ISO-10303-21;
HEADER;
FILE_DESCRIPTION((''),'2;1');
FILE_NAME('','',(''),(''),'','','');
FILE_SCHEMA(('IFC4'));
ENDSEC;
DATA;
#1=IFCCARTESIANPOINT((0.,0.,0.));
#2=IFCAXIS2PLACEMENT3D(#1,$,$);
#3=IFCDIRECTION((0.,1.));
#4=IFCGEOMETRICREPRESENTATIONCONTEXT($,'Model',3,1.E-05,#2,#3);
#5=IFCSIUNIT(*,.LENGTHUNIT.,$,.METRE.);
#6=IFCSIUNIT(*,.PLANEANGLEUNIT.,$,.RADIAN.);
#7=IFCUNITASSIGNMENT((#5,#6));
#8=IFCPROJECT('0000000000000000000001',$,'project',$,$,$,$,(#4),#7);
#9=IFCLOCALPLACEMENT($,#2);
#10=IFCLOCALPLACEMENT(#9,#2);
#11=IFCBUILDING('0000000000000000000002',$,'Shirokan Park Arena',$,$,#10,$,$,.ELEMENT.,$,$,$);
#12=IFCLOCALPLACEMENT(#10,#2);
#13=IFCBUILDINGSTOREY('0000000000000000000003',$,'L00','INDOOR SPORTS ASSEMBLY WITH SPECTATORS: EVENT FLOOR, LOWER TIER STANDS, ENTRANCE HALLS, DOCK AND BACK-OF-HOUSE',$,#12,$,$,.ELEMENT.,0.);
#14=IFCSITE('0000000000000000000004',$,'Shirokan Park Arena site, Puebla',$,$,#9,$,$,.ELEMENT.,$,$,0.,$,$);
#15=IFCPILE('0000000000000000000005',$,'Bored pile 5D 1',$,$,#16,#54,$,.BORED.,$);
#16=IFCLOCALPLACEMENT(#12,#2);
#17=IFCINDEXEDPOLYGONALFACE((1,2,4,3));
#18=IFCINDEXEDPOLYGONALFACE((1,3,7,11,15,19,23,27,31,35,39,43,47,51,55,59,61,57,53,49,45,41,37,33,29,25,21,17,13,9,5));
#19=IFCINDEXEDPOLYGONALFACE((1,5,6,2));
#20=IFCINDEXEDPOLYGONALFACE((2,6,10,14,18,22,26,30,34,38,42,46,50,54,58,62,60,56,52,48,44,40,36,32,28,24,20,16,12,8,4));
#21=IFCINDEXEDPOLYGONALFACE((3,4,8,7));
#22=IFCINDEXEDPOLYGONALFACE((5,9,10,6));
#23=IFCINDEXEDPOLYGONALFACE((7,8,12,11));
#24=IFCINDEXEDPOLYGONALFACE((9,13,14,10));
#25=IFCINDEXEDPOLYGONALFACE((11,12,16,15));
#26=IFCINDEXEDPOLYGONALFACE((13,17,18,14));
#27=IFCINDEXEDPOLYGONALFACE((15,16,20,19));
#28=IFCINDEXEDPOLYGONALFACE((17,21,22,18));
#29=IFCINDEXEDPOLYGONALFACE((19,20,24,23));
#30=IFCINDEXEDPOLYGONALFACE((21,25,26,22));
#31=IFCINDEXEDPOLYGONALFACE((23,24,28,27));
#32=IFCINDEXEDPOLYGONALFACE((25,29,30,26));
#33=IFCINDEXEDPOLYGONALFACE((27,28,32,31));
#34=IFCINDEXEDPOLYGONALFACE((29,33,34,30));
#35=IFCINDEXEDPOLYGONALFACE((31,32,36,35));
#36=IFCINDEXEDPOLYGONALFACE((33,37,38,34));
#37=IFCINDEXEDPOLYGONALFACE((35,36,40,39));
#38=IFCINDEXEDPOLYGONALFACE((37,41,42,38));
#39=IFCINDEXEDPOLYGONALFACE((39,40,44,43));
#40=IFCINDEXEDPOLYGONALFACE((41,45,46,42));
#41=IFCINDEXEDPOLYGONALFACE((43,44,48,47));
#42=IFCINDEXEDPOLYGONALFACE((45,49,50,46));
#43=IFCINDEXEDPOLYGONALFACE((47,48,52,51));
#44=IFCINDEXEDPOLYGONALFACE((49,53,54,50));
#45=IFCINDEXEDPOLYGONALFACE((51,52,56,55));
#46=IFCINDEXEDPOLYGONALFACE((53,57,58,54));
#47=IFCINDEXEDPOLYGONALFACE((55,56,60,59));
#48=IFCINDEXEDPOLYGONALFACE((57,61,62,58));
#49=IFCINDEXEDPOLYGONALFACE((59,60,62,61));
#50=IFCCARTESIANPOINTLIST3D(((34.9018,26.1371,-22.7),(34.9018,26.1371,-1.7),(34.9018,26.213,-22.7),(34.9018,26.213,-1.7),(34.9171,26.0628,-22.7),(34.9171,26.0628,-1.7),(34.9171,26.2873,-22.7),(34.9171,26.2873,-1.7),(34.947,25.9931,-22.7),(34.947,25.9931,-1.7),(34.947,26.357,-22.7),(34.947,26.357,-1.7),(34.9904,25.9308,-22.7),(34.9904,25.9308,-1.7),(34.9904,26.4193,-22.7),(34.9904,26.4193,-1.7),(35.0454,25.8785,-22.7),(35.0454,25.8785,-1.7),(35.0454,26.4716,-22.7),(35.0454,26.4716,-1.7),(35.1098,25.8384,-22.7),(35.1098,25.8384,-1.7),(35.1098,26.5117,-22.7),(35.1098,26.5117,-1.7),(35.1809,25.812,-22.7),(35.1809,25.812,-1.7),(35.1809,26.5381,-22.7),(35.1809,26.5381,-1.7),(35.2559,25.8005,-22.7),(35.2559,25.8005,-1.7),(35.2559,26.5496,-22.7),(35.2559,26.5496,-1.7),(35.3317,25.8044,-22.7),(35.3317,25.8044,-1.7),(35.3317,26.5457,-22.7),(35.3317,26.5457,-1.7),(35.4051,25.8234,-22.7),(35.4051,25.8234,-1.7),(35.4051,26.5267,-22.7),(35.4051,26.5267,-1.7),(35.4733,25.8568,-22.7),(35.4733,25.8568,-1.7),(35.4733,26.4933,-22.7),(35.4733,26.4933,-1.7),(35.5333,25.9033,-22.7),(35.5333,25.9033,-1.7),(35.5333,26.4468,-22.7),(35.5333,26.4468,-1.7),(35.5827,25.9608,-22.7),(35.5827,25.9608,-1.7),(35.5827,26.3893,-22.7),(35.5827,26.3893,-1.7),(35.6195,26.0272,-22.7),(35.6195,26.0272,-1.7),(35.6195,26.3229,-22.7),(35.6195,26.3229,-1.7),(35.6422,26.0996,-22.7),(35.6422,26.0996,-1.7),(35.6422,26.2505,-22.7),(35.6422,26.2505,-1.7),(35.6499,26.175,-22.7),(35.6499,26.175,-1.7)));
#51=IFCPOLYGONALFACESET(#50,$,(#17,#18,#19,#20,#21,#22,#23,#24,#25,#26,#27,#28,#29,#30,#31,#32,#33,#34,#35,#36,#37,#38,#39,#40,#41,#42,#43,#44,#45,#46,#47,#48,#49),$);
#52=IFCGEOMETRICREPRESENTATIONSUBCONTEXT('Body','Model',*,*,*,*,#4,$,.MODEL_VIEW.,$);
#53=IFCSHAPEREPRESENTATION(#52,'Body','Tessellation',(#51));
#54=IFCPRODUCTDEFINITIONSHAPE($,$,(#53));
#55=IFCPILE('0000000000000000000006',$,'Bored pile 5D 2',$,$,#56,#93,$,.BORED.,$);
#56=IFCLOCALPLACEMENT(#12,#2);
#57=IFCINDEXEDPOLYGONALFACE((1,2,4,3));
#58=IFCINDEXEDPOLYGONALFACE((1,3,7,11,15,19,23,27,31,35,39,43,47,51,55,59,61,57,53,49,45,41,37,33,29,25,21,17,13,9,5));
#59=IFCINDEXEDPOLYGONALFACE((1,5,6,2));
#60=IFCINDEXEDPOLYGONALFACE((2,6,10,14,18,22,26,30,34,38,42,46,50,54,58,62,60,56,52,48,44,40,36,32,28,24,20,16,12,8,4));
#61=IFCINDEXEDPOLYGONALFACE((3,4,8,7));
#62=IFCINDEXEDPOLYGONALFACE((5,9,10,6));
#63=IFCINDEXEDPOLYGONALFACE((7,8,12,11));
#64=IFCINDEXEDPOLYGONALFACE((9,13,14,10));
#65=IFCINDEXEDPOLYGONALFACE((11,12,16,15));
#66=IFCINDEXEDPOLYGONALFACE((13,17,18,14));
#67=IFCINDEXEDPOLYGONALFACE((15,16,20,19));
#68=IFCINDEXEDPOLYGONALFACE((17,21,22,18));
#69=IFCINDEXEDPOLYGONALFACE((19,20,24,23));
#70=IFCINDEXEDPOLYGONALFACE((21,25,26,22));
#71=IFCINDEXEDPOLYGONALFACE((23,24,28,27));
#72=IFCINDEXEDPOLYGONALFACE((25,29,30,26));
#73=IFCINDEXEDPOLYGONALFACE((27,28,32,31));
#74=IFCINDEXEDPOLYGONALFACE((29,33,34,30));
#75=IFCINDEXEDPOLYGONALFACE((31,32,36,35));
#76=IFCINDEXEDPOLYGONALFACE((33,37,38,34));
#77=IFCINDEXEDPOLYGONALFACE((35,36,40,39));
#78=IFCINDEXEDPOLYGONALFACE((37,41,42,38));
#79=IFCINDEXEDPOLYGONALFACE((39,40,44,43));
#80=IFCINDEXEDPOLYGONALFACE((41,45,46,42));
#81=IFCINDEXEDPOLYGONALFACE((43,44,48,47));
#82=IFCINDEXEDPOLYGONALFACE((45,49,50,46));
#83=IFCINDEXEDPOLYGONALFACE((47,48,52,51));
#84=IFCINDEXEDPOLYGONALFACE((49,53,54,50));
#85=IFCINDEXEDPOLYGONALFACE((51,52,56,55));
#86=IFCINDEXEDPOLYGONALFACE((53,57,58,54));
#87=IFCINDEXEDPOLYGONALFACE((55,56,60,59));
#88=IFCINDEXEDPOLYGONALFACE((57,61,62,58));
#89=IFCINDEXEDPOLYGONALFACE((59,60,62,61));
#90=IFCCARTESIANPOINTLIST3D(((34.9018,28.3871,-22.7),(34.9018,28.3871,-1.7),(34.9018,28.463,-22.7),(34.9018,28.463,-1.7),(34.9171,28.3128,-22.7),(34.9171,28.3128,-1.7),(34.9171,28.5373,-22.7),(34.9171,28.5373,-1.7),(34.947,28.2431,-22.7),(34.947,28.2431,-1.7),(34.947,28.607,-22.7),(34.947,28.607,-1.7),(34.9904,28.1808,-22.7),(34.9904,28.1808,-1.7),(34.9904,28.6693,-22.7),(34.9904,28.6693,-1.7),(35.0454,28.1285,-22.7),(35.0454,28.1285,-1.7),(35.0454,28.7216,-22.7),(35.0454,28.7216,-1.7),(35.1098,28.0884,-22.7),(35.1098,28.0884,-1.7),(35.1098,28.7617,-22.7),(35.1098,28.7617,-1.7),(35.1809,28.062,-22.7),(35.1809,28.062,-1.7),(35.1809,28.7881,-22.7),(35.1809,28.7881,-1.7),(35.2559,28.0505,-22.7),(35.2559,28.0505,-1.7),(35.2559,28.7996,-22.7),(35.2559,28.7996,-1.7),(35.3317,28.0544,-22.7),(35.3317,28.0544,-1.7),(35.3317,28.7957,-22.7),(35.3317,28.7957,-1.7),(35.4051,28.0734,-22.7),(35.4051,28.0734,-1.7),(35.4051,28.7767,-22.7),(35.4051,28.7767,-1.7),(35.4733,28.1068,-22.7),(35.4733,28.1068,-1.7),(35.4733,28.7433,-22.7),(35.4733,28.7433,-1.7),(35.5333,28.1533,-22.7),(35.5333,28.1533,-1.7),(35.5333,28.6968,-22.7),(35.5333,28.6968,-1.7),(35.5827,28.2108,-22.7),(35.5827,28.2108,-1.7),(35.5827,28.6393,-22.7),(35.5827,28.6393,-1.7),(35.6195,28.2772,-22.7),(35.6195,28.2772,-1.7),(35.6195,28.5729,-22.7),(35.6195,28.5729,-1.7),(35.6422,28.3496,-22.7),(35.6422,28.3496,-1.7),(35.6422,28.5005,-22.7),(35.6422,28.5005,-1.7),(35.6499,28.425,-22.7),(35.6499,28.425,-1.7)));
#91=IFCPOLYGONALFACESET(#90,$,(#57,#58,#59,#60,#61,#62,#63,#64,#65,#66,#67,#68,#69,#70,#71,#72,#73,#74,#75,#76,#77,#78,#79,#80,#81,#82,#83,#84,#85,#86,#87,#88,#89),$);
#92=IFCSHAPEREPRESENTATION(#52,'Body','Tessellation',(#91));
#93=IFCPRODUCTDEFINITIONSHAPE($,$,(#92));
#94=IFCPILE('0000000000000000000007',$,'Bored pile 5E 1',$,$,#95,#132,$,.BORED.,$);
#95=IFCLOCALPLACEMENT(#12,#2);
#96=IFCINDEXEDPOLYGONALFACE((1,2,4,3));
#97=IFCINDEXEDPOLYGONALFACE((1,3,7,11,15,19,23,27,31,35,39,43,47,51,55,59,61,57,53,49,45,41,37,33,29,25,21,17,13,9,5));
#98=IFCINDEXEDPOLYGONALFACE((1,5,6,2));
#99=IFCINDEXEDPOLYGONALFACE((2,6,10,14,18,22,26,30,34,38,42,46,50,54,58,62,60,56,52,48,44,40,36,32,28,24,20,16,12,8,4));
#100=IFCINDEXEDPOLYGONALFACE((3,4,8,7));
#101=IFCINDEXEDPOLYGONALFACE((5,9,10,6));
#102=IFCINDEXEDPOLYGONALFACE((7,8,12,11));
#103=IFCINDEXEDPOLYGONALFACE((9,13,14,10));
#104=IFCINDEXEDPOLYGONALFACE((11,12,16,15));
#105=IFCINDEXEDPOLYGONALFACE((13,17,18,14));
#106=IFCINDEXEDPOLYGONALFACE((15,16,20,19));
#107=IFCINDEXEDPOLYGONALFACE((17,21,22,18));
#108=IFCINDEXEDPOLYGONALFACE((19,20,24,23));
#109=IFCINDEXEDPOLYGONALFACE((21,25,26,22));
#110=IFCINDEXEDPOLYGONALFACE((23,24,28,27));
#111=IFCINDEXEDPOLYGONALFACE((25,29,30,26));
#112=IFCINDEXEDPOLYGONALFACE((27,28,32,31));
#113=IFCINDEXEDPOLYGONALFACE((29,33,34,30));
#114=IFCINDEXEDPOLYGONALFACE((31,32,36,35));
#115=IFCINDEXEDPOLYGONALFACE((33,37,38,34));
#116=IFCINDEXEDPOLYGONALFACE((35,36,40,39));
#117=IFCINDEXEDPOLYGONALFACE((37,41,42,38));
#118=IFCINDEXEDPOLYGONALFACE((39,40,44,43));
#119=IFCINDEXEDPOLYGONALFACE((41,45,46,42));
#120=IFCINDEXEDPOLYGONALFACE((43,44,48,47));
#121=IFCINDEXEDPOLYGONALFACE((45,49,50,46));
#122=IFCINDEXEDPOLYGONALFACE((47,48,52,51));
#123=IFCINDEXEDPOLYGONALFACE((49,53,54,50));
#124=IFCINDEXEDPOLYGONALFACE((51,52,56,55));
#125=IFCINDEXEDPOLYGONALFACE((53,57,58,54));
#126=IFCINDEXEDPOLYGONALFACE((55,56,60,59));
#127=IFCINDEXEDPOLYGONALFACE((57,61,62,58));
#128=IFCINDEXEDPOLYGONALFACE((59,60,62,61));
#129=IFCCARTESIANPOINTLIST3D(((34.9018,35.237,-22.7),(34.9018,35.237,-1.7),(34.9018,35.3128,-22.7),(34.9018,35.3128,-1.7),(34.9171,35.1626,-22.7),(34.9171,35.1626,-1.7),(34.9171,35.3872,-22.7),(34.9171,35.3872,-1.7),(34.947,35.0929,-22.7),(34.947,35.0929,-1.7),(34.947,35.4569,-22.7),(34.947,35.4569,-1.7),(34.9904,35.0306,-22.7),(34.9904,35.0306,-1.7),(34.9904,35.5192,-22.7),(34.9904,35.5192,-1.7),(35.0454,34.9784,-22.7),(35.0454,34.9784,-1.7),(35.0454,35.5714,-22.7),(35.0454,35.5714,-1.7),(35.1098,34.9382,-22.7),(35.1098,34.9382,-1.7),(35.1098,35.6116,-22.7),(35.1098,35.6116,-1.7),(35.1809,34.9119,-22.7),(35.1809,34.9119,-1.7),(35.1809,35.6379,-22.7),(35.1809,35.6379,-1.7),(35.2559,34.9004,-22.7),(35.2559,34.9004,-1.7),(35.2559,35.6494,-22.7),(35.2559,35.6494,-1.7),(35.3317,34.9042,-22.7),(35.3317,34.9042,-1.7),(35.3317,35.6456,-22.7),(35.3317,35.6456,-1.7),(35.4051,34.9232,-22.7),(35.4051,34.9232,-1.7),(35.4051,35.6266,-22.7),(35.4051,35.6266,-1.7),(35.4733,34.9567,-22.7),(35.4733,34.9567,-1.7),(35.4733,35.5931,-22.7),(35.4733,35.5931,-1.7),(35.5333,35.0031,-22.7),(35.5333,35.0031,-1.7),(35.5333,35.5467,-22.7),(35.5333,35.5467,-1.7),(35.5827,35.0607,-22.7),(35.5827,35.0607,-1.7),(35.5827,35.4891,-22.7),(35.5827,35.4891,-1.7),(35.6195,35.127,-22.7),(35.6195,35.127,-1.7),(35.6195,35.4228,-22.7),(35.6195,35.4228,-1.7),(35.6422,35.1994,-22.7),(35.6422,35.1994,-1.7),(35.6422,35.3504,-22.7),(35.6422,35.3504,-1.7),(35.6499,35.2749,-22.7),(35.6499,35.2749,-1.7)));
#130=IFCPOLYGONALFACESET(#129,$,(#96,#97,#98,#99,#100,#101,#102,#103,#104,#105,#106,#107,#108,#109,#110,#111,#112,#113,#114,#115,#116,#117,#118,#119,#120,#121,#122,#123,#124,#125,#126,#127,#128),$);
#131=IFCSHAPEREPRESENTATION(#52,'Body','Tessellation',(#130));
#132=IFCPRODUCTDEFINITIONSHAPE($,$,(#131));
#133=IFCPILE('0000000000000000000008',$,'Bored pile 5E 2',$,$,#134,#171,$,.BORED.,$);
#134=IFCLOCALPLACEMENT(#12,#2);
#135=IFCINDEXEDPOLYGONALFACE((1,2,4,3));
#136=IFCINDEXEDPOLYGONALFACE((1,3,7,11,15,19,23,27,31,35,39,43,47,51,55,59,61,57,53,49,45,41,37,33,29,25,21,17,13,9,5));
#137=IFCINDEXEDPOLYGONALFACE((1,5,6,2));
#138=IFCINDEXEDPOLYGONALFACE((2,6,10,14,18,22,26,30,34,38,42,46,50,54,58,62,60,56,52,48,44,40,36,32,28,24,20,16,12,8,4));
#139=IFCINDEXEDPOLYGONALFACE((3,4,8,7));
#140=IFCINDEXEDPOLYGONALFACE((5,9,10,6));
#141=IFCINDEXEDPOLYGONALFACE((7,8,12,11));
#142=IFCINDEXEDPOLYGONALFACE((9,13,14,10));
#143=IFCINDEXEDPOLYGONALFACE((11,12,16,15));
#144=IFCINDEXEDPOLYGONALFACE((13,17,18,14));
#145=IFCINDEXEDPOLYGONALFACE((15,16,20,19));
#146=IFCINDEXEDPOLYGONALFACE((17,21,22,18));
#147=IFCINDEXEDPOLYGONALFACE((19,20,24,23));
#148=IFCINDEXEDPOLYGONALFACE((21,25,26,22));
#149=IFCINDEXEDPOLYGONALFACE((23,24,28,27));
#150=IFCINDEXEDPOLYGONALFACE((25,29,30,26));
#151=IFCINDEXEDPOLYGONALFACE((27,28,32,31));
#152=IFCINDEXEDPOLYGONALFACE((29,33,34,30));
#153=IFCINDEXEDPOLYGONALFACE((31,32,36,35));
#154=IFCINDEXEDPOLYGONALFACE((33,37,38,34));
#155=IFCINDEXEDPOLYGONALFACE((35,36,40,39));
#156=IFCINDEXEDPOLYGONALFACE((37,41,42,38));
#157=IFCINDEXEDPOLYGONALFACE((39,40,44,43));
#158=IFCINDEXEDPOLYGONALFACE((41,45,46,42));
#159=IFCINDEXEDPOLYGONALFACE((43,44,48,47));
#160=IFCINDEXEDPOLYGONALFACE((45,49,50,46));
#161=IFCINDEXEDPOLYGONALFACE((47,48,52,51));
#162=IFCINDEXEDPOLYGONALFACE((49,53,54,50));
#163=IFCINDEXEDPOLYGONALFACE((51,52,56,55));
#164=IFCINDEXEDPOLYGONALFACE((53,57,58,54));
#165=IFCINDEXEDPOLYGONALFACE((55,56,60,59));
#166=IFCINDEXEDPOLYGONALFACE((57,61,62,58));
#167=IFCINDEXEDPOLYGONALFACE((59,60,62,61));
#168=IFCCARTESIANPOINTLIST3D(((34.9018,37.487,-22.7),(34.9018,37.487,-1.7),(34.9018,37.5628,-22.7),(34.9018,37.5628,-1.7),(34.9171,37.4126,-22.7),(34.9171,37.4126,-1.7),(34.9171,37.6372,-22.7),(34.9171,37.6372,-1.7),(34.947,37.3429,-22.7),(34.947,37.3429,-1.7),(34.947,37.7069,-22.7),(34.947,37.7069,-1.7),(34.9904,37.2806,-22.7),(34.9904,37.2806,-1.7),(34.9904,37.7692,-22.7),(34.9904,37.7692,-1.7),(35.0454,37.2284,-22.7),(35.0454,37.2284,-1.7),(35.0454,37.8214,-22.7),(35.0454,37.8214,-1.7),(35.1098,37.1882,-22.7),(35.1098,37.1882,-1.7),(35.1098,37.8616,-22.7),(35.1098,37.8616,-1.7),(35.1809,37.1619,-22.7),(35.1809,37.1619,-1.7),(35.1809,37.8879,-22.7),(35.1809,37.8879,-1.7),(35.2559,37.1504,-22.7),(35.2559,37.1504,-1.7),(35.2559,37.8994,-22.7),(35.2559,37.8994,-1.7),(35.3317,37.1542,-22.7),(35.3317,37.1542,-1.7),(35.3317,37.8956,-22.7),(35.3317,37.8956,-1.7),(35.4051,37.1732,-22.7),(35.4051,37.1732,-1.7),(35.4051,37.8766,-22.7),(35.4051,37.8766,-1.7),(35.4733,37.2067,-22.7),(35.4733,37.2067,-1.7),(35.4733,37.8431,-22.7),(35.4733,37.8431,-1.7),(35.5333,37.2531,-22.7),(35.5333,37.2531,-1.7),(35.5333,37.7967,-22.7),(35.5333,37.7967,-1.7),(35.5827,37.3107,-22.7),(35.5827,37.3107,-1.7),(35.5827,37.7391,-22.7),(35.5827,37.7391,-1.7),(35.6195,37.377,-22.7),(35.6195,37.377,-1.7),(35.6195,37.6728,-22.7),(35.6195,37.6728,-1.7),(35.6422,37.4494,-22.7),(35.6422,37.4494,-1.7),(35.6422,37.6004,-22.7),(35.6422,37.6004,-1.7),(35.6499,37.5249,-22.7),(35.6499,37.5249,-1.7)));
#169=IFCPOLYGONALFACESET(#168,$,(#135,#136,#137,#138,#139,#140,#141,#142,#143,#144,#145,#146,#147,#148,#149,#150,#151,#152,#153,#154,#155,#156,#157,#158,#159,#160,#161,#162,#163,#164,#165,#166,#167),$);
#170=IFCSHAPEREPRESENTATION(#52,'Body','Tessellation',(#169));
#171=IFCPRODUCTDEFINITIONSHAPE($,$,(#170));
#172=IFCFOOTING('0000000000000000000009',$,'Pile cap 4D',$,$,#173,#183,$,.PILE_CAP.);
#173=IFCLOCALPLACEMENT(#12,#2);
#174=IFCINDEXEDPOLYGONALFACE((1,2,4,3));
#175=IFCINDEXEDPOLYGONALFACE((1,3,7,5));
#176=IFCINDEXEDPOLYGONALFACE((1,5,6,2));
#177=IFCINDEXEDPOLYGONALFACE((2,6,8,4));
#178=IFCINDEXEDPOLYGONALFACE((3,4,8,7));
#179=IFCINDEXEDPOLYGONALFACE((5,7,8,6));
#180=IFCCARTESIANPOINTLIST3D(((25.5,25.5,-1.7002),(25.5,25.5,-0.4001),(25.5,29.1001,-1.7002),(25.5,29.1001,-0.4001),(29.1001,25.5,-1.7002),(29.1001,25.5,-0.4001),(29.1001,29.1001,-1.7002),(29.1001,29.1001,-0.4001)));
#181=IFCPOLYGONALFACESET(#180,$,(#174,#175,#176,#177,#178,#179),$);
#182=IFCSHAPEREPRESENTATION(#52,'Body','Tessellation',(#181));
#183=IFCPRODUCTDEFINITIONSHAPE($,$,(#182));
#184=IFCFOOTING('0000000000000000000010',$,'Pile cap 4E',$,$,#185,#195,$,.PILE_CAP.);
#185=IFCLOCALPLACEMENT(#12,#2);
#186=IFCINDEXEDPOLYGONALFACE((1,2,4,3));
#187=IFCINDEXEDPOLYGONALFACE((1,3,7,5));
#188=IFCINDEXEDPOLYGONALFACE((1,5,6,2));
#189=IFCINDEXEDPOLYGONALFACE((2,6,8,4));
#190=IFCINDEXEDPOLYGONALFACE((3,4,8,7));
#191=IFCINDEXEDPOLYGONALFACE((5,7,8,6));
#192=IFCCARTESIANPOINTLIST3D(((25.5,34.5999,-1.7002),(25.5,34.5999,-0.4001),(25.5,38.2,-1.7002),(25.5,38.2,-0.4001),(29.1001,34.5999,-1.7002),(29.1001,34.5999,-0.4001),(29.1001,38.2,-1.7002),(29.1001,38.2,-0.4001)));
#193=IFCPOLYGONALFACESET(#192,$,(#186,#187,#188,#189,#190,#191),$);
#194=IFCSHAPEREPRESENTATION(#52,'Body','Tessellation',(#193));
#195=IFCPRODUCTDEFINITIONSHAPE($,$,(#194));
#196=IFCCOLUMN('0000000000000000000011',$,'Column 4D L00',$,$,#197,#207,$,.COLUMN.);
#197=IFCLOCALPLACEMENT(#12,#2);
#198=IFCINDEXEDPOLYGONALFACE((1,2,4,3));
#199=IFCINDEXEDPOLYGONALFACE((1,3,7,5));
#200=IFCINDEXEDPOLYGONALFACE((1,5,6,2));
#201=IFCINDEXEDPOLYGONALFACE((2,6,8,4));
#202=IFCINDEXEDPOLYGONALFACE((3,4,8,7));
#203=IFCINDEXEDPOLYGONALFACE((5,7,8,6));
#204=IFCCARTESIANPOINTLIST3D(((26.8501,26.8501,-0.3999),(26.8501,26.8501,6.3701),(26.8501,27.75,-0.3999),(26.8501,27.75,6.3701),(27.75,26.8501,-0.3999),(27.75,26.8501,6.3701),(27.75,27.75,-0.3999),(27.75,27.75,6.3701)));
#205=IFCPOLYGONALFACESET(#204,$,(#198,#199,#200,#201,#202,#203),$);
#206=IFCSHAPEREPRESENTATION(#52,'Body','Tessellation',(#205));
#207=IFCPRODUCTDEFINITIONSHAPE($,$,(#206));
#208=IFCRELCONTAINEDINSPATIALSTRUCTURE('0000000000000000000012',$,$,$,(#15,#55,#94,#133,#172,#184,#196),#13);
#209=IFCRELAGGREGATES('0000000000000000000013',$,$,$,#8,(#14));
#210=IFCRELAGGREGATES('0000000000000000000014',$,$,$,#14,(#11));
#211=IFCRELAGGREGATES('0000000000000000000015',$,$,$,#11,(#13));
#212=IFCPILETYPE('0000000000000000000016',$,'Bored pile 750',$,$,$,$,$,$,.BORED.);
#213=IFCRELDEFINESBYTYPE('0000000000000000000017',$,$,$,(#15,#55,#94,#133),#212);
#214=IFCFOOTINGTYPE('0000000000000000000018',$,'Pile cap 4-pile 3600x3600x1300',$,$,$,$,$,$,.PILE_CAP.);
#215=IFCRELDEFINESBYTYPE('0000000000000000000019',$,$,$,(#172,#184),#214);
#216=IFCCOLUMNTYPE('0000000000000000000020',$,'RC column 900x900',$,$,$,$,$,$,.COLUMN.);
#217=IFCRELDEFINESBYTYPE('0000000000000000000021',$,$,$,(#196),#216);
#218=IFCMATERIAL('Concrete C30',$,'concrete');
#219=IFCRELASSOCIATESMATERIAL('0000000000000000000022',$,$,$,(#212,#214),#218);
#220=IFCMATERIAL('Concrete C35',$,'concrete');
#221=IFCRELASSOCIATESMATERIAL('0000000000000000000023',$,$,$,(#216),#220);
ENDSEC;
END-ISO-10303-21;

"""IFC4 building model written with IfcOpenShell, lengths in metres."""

from ifc_helpers import new_model, si_unit, direction, frame, origin, origin_2d, place, context, subcontext, project, spatial, rectangle, circle, extrude, material, material_profile, profile_set, type_object, element, save


model = new_model("IFC4")

# Units and contexts
model_context = context("Model", 3, precision=1e-05, world=origin(), true_north=direction((0.0, 1.0)))
body_context = subcontext(model_context, "Body", "Model", "MODEL_VIEW")
ifc_project = project(units=[si_unit("LENGTHUNIT", "METRE"), si_unit("PLANEANGLEUNIT", "RADIAN")], contexts=[model_context])

# Site, building, storey
site_placement = place(None, origin())
site = spatial("IfcSite", under=ifc_project, at=site_placement, Name="Shirokan Park Arena site, Puebla", CompositionType="ELEMENT", RefElevation=0.0)
building_placement = place(site_placement, origin())
building = spatial("IfcBuilding", under=site, at=building_placement, Name="Shirokan Park Arena", CompositionType="ELEMENT")
storey_placement = place(building_placement, origin())
storey = spatial("IfcBuildingStorey", under=building, at=storey_placement, Name="L00", Description="INDOOR SPORTS ASSEMBLY WITH SPECTATORS: EVENT FLOOR, LOWER TIER STANDS, ENTRANCE HALLS, DOCK AND BACK-OF-HOUSE", CompositionType="ELEMENT", Elevation=0.0)

# Piles
ifc_material_1 = material(Name="Concrete C30", Category="concrete")
ifc_material_profile_1 = material_profile(ifc_material_1, circle(Radius=0.375, at=origin_2d()), Name="D750")
ifc_profile_set_1 = profile_set([ifc_material_profile_1], Name="Concrete C30")
pile_type_1 = type_object("IfcPileType", Name="Bored pile 750", PredefinedType="BORED", material=ifc_profile_set_1)
for number, where, z_axis, x_axis, name in (
    (1, (35.2749, 26.175, -1.7), (0.0, 0.0, -1.0), (1.0, 0.0, 0.0), "Bored pile 5D 1"),
    (2, (35.2749, 28.425, -1.7), (0.0, 0.0, -1.0), (1.0, 0.0, 0.0), "Bored pile 5D 2"),
    (3, (35.2749, 35.2749, -1.7), (0.0, 0.0, -1.0), (1.0, 0.0, 0.0), "Bored pile 5E 1"),
    (4, (35.2749, 37.5249, -1.7), (0.0, 0.0, -1.0), (1.0, 0.0, 0.0), "Bored pile 5E 2"),
):
    element("IfcPile", number, at=place(storey_placement, frame(where, z_axis=z_axis, x_axis=x_axis)), inside=storey, type_object=pile_type_1, Name=name, PredefinedType="BORED", context=body_context, shape_type="SweptSolid", body=[
        extrude(circle(Radius=0.375, at=origin_2d()), origin(), (0.0, 0.0, 1.0), 21.0),
    ])

# Footings
footing_type = type_object("IfcFootingType", Name="Pile cap 4-pile 3600x3600x1300", PredefinedType="PILE_CAP", material=ifc_material_1)
for number, where, z_axis, x_axis, name in (
    (5, (27.3, 27.3, -1.7002), (0.0, 0.0, 1.0), (1.0, 0.0, 0.0), "Pile cap 4D"),
    (6, (27.3, 36.3999, -1.7002), (0.0, 0.0, 1.0), (1.0, 0.0, 0.0), "Pile cap 4E"),
):
    element("IfcFooting", number, at=place(storey_placement, frame(where, z_axis=z_axis, x_axis=x_axis)), inside=storey, type_object=footing_type, Name=name, PredefinedType="PILE_CAP", context=body_context, shape_type="SweptSolid", body=[
        extrude(rectangle(XDim=3.6001, YDim=3.6001, at=origin_2d()), origin(), (0.0, 0.0, 1.0), 1.3),
    ])

# Column
ifc_material_2 = material(Name="Concrete C35", Category="concrete")
ifc_material_profile_2 = material_profile(ifc_material_2, rectangle(XDim=0.8999, YDim=0.8999, at=origin_2d()), Name="900x900")
ifc_profile_set_2 = profile_set([ifc_material_profile_2], Name="Concrete C35")
column_type_1 = type_object("IfcColumnType", Name="RC column 900x900", PredefinedType="COLUMN", material=ifc_profile_set_2)
column_1_placement = place(storey_placement, frame((27.3, 27.3, -0.3999), z_axis=(0.0, 0.0, 1.0), x_axis=(1.0, 0.0, 0.0)))
element("IfcColumn", 7, at=column_1_placement, inside=storey, type_object=column_type_1, Name="Column 4D L00", PredefinedType="COLUMN", context=body_context, shape_type="SweptSolid", body=[
    extrude(rectangle(XDim=0.8999, YDim=0.8999, at=origin_2d()), origin(), (0.0, 0.0, 1.0), 6.77),
])

save(model, "model.ifc")
